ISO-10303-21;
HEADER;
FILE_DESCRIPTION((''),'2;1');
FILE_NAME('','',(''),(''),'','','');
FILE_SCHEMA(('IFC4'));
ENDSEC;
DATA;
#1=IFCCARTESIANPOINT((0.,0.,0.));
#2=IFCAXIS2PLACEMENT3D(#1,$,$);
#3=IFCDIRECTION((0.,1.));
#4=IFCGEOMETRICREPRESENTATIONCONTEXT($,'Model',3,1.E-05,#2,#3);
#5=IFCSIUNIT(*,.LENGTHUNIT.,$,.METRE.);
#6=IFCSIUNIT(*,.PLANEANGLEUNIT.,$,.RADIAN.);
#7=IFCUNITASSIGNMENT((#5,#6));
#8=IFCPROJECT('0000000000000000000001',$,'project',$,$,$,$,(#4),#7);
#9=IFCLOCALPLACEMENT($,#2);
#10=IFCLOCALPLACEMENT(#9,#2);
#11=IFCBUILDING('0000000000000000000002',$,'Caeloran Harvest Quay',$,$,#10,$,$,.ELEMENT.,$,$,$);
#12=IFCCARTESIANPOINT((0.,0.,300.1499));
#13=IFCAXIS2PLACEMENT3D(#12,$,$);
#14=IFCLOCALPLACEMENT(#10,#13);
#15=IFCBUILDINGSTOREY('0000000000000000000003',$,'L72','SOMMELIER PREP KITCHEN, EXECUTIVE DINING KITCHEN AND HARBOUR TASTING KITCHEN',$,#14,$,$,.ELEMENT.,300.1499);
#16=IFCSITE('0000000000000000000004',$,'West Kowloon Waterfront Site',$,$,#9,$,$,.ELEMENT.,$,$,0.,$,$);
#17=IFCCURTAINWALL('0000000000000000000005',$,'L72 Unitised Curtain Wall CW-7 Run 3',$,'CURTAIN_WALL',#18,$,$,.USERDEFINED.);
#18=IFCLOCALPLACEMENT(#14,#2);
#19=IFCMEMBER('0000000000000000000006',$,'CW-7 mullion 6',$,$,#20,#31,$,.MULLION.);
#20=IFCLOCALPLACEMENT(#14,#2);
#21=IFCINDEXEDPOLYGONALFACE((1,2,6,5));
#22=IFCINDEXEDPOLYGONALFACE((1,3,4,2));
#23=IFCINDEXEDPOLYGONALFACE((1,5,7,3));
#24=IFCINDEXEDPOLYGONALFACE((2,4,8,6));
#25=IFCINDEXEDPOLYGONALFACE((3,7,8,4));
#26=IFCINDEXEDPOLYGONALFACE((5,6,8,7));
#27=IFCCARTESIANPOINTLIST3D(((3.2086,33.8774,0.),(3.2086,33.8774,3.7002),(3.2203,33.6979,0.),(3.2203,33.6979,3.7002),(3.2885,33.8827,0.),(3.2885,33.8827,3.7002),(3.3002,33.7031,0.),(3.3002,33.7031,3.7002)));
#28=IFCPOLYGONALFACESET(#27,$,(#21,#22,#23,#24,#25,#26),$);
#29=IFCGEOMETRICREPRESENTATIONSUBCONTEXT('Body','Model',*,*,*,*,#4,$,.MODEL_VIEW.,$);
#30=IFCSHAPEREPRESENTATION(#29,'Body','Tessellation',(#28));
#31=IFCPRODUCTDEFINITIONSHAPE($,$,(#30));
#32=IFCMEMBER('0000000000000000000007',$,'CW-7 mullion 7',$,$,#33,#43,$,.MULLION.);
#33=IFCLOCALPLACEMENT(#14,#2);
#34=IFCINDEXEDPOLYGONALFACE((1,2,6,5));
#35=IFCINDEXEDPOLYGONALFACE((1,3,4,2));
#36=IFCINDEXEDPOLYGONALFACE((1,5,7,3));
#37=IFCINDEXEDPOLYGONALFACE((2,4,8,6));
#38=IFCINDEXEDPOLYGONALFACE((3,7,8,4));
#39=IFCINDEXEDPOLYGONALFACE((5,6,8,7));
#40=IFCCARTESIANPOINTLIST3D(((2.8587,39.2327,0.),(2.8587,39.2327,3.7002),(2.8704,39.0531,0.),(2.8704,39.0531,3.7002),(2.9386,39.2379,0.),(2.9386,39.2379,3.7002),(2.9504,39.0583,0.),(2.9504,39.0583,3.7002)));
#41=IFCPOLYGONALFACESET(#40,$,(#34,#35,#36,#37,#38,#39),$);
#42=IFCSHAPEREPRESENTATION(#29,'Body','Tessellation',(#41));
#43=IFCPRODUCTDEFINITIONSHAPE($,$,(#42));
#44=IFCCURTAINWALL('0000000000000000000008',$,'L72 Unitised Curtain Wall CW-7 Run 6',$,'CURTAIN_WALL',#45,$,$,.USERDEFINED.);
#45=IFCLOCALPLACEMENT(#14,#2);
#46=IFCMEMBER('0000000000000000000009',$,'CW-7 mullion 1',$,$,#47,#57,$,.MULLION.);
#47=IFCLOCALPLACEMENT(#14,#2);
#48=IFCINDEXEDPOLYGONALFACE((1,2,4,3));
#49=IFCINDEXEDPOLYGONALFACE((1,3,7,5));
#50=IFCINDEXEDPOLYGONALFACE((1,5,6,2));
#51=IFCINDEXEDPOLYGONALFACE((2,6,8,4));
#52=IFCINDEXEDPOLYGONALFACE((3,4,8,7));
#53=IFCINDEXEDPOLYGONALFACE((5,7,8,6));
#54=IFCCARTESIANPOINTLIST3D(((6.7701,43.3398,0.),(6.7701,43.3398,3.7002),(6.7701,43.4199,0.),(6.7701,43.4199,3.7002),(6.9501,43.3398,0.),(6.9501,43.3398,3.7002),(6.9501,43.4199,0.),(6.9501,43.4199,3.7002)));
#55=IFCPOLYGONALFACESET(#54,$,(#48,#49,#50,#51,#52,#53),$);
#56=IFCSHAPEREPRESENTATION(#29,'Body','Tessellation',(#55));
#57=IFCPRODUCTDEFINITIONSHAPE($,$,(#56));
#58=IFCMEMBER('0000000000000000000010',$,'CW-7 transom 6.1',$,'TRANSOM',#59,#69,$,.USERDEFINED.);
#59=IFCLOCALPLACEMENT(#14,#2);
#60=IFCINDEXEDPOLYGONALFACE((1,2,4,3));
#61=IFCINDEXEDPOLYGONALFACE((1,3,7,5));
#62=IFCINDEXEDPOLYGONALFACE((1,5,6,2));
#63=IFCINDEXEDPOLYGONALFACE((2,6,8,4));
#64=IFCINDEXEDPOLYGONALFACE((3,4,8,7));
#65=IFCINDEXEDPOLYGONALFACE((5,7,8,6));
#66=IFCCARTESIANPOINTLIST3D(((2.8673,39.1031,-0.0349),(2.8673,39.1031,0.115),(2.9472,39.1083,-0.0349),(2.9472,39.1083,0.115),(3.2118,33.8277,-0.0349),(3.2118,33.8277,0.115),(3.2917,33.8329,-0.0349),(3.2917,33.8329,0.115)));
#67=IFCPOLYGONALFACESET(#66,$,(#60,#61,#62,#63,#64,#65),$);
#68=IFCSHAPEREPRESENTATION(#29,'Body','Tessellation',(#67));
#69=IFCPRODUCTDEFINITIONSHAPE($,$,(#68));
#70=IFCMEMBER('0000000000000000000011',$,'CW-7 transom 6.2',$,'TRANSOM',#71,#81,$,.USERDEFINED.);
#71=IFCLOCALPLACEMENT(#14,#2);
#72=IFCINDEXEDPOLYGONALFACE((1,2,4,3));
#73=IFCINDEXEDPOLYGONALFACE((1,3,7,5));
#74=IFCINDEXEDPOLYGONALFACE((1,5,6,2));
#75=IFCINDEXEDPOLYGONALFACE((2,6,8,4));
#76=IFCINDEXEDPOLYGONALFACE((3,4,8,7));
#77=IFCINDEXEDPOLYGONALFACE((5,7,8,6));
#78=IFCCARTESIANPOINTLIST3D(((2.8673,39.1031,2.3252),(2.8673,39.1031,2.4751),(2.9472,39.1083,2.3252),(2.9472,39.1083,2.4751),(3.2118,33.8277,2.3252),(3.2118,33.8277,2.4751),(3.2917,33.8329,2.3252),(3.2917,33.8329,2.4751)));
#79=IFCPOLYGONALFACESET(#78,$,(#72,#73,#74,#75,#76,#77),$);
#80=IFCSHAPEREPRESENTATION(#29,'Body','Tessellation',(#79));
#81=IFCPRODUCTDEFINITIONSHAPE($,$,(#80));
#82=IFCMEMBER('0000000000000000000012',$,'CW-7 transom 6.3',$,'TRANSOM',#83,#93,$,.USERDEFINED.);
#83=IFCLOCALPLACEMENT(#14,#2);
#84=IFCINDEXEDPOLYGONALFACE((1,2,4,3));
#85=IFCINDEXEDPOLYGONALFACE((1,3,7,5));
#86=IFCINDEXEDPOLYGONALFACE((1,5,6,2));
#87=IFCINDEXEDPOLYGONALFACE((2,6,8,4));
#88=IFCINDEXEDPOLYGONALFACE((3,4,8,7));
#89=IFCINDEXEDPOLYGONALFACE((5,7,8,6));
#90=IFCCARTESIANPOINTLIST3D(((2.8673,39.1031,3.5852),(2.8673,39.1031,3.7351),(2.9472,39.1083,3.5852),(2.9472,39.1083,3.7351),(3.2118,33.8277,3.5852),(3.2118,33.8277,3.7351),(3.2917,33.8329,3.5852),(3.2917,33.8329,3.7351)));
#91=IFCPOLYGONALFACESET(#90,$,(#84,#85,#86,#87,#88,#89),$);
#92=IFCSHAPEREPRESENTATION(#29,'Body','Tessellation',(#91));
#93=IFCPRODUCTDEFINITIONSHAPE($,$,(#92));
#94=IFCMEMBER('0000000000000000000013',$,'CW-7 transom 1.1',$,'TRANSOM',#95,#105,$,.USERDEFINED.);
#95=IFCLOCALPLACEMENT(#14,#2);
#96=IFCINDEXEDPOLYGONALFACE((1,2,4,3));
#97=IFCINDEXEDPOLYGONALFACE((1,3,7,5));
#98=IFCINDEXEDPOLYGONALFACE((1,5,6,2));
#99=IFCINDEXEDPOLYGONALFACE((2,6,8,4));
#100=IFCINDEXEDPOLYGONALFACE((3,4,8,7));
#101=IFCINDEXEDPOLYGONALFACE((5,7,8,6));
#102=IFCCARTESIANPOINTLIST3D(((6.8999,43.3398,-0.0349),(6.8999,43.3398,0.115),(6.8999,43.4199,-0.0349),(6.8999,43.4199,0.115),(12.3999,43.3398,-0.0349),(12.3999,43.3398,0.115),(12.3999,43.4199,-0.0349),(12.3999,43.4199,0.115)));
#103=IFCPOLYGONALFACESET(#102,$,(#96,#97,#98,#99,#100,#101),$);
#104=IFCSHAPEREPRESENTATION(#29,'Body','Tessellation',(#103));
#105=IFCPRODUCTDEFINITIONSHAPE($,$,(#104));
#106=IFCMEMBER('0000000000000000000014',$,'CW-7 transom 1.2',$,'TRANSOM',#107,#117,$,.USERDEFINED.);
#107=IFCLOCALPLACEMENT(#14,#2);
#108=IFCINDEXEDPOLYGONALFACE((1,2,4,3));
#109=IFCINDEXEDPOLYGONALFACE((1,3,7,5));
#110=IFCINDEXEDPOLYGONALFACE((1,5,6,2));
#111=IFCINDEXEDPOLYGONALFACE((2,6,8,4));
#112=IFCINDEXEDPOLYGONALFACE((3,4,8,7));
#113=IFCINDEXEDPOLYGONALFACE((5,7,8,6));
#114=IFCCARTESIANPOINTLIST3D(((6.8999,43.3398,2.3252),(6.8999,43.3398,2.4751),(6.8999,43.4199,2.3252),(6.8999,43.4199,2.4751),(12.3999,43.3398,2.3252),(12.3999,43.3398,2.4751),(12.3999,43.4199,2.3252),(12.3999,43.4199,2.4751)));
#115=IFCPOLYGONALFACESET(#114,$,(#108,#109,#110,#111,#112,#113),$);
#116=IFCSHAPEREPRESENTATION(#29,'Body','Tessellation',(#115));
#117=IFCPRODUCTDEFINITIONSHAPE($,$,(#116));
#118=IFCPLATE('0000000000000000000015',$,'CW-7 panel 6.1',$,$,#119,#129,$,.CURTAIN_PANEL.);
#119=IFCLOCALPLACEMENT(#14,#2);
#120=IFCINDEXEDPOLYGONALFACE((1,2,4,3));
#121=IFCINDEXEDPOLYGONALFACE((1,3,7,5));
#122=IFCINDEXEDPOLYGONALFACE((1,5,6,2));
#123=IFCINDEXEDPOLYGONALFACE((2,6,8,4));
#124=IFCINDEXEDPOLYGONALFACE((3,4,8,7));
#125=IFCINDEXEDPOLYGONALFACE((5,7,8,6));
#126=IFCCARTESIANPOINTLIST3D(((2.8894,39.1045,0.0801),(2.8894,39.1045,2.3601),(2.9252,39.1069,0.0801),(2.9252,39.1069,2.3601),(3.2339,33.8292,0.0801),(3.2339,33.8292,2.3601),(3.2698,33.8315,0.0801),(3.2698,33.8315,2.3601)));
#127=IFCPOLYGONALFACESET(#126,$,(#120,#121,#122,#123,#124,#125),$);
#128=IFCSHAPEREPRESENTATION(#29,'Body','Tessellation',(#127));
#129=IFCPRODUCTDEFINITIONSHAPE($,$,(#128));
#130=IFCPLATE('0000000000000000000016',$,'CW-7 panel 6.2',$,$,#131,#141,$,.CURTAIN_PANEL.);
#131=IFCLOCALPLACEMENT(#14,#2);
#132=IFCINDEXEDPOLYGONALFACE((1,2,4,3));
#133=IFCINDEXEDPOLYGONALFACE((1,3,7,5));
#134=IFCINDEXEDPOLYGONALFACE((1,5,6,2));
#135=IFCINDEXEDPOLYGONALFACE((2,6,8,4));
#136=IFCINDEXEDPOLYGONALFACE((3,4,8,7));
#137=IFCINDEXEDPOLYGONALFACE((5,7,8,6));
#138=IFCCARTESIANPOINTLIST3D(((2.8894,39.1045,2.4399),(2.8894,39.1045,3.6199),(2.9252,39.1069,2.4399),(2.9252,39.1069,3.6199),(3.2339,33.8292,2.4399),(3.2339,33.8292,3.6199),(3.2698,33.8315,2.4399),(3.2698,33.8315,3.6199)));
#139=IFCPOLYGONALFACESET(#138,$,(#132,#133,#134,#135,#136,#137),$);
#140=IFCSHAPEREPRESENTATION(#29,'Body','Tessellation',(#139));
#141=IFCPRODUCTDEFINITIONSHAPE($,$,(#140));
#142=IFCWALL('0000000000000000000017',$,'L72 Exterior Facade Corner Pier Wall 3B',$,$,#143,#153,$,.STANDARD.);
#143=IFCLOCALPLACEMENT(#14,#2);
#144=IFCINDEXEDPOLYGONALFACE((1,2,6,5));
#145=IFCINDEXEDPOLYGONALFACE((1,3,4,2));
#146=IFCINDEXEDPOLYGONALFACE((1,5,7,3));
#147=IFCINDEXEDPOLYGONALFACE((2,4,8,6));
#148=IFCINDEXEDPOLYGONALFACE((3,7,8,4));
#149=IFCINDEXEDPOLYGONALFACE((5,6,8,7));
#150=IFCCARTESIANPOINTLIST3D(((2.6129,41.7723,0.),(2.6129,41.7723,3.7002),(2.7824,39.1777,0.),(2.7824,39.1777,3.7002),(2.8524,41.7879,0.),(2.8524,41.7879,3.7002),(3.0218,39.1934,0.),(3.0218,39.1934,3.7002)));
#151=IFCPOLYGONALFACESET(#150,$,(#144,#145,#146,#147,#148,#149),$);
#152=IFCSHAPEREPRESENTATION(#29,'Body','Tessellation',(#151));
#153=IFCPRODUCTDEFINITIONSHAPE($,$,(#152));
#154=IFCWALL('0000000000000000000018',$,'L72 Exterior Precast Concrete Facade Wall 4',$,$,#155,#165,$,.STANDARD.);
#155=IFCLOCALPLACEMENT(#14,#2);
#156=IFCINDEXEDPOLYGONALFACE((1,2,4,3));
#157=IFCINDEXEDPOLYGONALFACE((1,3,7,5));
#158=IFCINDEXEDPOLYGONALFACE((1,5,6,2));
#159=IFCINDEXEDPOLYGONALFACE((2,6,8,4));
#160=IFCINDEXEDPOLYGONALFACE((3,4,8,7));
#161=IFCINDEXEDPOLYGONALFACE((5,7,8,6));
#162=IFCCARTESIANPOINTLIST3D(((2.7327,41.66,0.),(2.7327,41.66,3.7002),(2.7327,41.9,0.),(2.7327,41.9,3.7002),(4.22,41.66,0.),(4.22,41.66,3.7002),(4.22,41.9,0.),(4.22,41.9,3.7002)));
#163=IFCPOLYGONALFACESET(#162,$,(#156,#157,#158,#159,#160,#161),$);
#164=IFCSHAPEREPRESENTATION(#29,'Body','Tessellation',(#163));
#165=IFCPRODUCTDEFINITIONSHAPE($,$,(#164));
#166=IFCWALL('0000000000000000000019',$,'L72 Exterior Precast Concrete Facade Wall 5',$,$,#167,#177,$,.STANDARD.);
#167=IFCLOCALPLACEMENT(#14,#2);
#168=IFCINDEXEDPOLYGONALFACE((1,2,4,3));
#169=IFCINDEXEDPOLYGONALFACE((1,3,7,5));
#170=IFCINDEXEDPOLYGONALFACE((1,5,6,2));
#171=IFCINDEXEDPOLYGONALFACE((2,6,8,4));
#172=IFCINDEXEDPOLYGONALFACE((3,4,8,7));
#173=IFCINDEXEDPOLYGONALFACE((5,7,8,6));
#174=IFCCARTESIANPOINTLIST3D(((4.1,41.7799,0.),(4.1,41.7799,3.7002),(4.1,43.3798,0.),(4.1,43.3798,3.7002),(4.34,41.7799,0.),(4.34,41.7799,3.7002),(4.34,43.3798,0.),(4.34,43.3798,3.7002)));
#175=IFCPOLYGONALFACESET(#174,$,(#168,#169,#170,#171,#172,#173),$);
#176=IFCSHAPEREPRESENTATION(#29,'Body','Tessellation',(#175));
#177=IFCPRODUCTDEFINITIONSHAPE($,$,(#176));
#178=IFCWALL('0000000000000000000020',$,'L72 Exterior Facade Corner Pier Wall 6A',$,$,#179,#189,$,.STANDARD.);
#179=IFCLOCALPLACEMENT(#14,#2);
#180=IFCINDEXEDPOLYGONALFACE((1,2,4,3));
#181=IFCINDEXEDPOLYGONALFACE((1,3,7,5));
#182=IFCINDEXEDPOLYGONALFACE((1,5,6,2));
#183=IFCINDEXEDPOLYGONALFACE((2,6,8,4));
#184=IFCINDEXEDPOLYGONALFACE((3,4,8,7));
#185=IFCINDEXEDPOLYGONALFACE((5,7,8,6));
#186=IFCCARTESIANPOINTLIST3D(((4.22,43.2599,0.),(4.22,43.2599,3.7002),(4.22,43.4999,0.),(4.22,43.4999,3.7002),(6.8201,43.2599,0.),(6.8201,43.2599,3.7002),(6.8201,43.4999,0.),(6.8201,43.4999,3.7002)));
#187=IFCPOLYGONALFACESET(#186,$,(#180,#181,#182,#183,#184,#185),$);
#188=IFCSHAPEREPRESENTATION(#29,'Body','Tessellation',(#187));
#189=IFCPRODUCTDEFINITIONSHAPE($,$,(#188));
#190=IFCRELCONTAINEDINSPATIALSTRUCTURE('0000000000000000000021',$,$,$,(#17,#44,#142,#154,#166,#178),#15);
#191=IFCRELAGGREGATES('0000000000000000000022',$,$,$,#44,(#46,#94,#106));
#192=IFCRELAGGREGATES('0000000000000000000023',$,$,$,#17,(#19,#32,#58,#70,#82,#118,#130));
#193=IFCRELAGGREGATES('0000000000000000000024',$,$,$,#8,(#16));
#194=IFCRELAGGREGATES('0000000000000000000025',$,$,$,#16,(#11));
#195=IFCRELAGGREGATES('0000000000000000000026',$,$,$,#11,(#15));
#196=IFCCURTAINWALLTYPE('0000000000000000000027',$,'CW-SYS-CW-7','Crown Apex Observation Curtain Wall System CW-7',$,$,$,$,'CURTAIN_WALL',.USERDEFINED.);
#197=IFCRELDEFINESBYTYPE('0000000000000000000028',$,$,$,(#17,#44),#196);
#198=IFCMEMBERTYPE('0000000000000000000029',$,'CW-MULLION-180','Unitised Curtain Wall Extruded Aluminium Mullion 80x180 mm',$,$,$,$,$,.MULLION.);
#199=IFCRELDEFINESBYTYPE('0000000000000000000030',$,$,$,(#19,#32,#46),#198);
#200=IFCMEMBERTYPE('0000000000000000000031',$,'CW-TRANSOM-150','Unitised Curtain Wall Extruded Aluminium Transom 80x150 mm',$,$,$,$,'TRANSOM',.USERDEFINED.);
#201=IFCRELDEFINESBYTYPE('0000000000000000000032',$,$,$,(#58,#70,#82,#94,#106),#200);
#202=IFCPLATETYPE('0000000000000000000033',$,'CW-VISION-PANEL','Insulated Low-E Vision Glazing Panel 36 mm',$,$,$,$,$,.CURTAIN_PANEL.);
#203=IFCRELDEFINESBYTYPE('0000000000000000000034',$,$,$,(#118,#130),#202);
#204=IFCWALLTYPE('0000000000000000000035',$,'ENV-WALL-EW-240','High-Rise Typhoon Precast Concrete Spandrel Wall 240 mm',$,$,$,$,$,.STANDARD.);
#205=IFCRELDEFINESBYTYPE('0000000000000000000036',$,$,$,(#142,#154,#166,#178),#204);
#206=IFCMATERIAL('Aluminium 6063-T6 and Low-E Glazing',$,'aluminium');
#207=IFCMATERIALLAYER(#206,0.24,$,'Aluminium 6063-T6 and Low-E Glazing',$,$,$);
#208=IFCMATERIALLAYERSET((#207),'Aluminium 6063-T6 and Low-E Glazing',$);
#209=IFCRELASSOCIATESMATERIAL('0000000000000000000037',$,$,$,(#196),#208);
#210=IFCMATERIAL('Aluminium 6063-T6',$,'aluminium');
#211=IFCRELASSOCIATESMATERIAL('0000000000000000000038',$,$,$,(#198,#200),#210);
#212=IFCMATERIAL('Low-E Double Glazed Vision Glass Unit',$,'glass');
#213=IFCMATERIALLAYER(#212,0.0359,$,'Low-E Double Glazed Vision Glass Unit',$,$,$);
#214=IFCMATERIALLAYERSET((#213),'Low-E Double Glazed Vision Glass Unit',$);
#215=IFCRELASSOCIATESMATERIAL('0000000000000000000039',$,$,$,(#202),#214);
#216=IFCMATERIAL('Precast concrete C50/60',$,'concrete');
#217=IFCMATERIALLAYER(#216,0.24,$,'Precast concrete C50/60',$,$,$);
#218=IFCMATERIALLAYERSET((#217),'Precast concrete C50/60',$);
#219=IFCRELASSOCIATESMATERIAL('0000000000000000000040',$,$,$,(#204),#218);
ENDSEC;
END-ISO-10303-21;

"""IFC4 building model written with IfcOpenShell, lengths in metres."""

from ifc_helpers import new_model, si_unit, direction, frame, frame_2d, origin, origin_2d, place, context, subcontext, project, spatial, rectangle, extrude, material, layer, layer_set, material_profile, profile_set, type_object, element, aggregate, save


model = new_model("IFC4")

# Units and contexts
model_context = context("Model", 3, precision=1e-05, world=origin(), true_north=direction((0.0, 1.0)))
body_context = subcontext(model_context, "Body", "Model", "MODEL_VIEW")
ifc_project = project(units=[si_unit("LENGTHUNIT", "METRE"), si_unit("PLANEANGLEUNIT", "RADIAN")], contexts=[model_context])

# Site, building, storey
site_placement = place(None, origin())
site = spatial("IfcSite", under=ifc_project, at=site_placement, Name="West Kowloon Waterfront Site", CompositionType="ELEMENT", RefElevation=0.0)
building_placement = place(site_placement, origin())
building = spatial("IfcBuilding", under=site, at=building_placement, Name="Caeloran Harvest Quay", CompositionType="ELEMENT")
storey_placement = place(building_placement, frame((0.0, 0.0, 300.1499)))
storey = spatial("IfcBuildingStorey", under=building, at=storey_placement, Name="L72", Description="SOMMELIER PREP KITCHEN, EXECUTIVE DINING KITCHEN AND HARBOUR TASTING KITCHEN", CompositionType="ELEMENT", Elevation=300.1499)

# Curtain wall, members
ifc_material_1 = material(Name="Aluminium 6063-T6 and Low-E Glazing", Category="aluminium")
ifc_layer_1 = layer(ifc_material_1, 0.24, Name="Aluminium 6063-T6 and Low-E Glazing")
ifc_layer_set_1 = layer_set([ifc_layer_1], Name="Aluminium 6063-T6 and Low-E Glazing")
curtain_wall_type = type_object("IfcCurtainWallType", Name="CW-SYS-CW-7", Description="Crown Apex Observation Curtain Wall System CW-7", ElementType="CURTAIN_WALL", PredefinedType="USERDEFINED", material=ifc_layer_set_1)
curtain_wall_1_placement = place(storey_placement, origin())
curtain_wall_1 = element("IfcCurtainWall", 1, at=curtain_wall_1_placement, inside=storey, type_object=curtain_wall_type, Name="L72 Unitised Curtain Wall CW-7 Run 3", ObjectType="CURTAIN_WALL", PredefinedType="USERDEFINED")
ifc_material_2 = material(Name="Aluminium 6063-T6", Category="aluminium")
ifc_material_profile_1 = material_profile(ifc_material_2, rectangle(XDim=0.0801, YDim=0.1799, at=origin_2d()), Name="CW-MULLION-180")
ifc_profile_set_1 = profile_set([ifc_material_profile_1], Name="Aluminium 6063-T6")
member_type_1 = type_object("IfcMemberType", Name="CW-MULLION-180", Description="Unitised Curtain Wall Extruded Aluminium Mullion 80x180 mm", PredefinedType="MULLION", material=ifc_profile_set_1)
member_1_placement = place(storey_placement, frame((3.2544, 33.7903, 0.0), z_axis=(0.0, 0.0, 1.0), x_axis=(-0.997874, -0.065167, 0.0)))
member_1 = element("IfcMember", 2, at=member_1_placement, type_object=member_type_1, Name="CW-7 mullion 6", PredefinedType="MULLION", context=body_context, shape_type="SweptSolid", body=[
    extrude(rectangle(XDim=0.0801, YDim=0.1799, at=origin_2d()), origin(), (0.0, 0.0, 1.0), 3.7002),
])
member_2_placement = place(storey_placement, frame((2.9045, 39.1455, 0.0), z_axis=(0.0, 0.0, 1.0), x_axis=(-0.997874, -0.065167, 0.0)))
member_2 = element("IfcMember", 3, at=member_2_placement, type_object=member_type_1, Name="CW-7 mullion 7", PredefinedType="MULLION", context=body_context, shape_type="SweptSolid", body=[
    extrude(rectangle(XDim=0.0801, YDim=0.1799, at=origin_2d()), origin(), (0.0, 0.0, 1.0), 3.7002),
])

# Curtain wall, member
curtain_wall_2_placement = place(storey_placement, origin())
curtain_wall_2 = element("IfcCurtainWall", 4, at=curtain_wall_2_placement, inside=storey, type_object=curtain_wall_type, Name="L72 Unitised Curtain Wall CW-7 Run 6", ObjectType="CURTAIN_WALL", PredefinedType="USERDEFINED")
member_3_placement = place(storey_placement, frame((6.8601, 43.3799, 0.0), z_axis=(0.0, 0.0, 1.0), x_axis=(0.0, 1.0, 0.0)))
member_3 = element("IfcMember", 5, at=member_3_placement, type_object=member_type_1, Name="CW-7 mullion 1", PredefinedType="MULLION", context=body_context, shape_type="SweptSolid", body=[
    extrude(rectangle(XDim=0.0801, YDim=0.1799, at=origin_2d()), origin(), (0.0, 0.0, 1.0), 3.7002),
])

# Members
ifc_material_profile_2 = material_profile(ifc_material_2, rectangle(XDim=0.0801, YDim=0.1499, at=origin_2d()), Name="CW-TRANSOM-150")
ifc_profile_set_2 = profile_set([ifc_material_profile_2], Name="Aluminium 6063-T6")
member_type_2 = type_object("IfcMemberType", Name="CW-TRANSOM-150", Description="Unitised Curtain Wall Extruded Aluminium Transom 80x150 mm", ElementType="TRANSOM", PredefinedType="USERDEFINED", material=ifc_profile_set_2)
member_4_placement = place(storey_placement, frame((3.2517, 33.8303, 0.04), z_axis=(-0.065161, 0.997875, 0.0), x_axis=(-0.997875, -0.065161, 0.0)))
member_4 = element("IfcMember", 6, at=member_4_placement, type_object=member_type_2, Name="CW-7 transom 6.1", ObjectType="TRANSOM", PredefinedType="USERDEFINED", context=body_context, shape_type="SweptSolid", body=[
    extrude(rectangle(XDim=0.0801, YDim=0.1499, at=origin_2d()), origin(), (0.0, 0.0, 1.0), 5.2866),
])
member_5_placement = place(storey_placement, frame((3.2517, 33.8303, 2.4001), z_axis=(-0.065161, 0.997875, 0.0), x_axis=(-0.997875, -0.065161, 0.0)))
member_5 = element("IfcMember", 7, at=member_5_placement, type_object=member_type_2, Name="CW-7 transom 6.2", ObjectType="TRANSOM", PredefinedType="USERDEFINED", context=body_context, shape_type="SweptSolid", body=[
    extrude(rectangle(XDim=0.0801, YDim=0.1499, at=origin_2d()), origin(), (0.0, 0.0, 1.0), 5.2866),
])
member_6_placement = place(storey_placement, frame((3.2517, 33.8303, 3.6602), z_axis=(-0.065161, 0.997875, 0.0), x_axis=(-0.997875, -0.065161, 0.0)))
member_6 = element("IfcMember", 8, at=member_6_placement, type_object=member_type_2, Name="CW-7 transom 6.3", ObjectType="TRANSOM", PredefinedType="USERDEFINED", context=body_context, shape_type="SweptSolid", body=[
    extrude(rectangle(XDim=0.0801, YDim=0.1499, at=origin_2d()), origin(), (0.0, 0.0, 1.0), 5.2866),
])
member_7_placement = place(storey_placement, frame((6.8999, 43.3799, 0.04), z_axis=(1.0, 0.0, 0.0), x_axis=(0.0, 1.0, 0.0)))
member_7 = element("IfcMember", 9, at=member_7_placement, type_object=member_type_2, Name="CW-7 transom 1.1", ObjectType="TRANSOM", PredefinedType="USERDEFINED", context=body_context, shape_type="SweptSolid", body=[
    extrude(rectangle(XDim=0.0801, YDim=0.1499, at=origin_2d()), origin(), (0.0, 0.0, 1.0), 5.5),
])
member_8_placement = place(storey_placement, frame((6.8999, 43.3799, 2.4001), z_axis=(1.0, 0.0, 0.0), x_axis=(0.0, 1.0, 0.0)))
member_8 = element("IfcMember", 10, at=member_8_placement, type_object=member_type_2, Name="CW-7 transom 1.2", ObjectType="TRANSOM", PredefinedType="USERDEFINED", context=body_context, shape_type="SweptSolid", body=[
    extrude(rectangle(XDim=0.0801, YDim=0.1499, at=origin_2d()), origin(), (0.0, 0.0, 1.0), 5.5),
])
aggregate(curtain_wall_2, [member_3, member_7, member_8])

# Plates
ifc_material_3 = material(Name="Low-E Double Glazed Vision Glass Unit", Category="glass")
ifc_layer_2 = layer(ifc_material_3, 0.0359, Name="Low-E Double Glazed Vision Glass Unit")
ifc_layer_set_2 = layer_set([ifc_layer_2], Name="Low-E Double Glazed Vision Glass Unit")
plate_type = type_object("IfcPlateType", Name="CW-VISION-PANEL", Description="Insulated Low-E Vision Glazing Panel 36 mm", PredefinedType="CURTAIN_PANEL", material=ifc_layer_set_2)
plate_1_placement = place(storey_placement, frame((3.0796, 36.468, 0.0801), z_axis=(0.0, 0.0, 1.0), x_axis=(-0.065167, 0.997874, 0.0)))
plate_1 = element("IfcPlate", 11, at=plate_1_placement, type_object=plate_type, Name="CW-7 panel 6.1", PredefinedType="CURTAIN_PANEL", context=body_context, shape_type="SweptSolid", body=[
    extrude(rectangle(XDim=5.2866, YDim=0.0359, at=origin_2d()), origin(), (0.0, 0.0, 1.0), 2.28),
])
plate_2_placement = place(storey_placement, frame((3.0796, 36.468, 2.4399), z_axis=(0.0, 0.0, 1.0), x_axis=(-0.065167, 0.997874, 0.0)))
plate_2 = element("IfcPlate", 12, at=plate_2_placement, type_object=plate_type, Name="CW-7 panel 6.2", PredefinedType="CURTAIN_PANEL", context=body_context, shape_type="SweptSolid", body=[
    extrude(rectangle(XDim=5.2866, YDim=0.0359, at=origin_2d()), origin(), (0.0, 0.0, 1.0), 1.1799),
])
aggregate(curtain_wall_1, [member_1, member_2, member_4, member_5, member_6, plate_1, plate_2])

# Walls
ifc_material_4 = material(Name="Precast concrete C50/60", Category="concrete")
ifc_layer_3 = layer(ifc_material_4, 0.24, Name="Precast concrete C50/60")
ifc_layer_set_3 = layer_set([ifc_layer_3], Name="Precast concrete C50/60")
wall_type_1 = type_object("IfcWallType", Name="ENV-WALL-EW-240", Description="High-Rise Typhoon Precast Concrete Spandrel Wall 240 mm", PredefinedType="STANDARD", material=ifc_layer_set_3)
wall_1_placement = place(storey_placement, frame((2.9021, 39.1855, 0.0), z_axis=(0.0, 0.0, 1.0), x_axis=(-0.065167, 0.997874, 0.0)))
element("IfcWall", 13, at=wall_1_placement, inside=storey, type_object=wall_type_1, Name="L72 Exterior Facade Corner Pier Wall 3B", PredefinedType="STANDARD", context=body_context, shape_type="SweptSolid", body=[
    extrude(rectangle(XDim=2.6001, YDim=0.24, at=frame_2d((1.3, 0.0))), origin(), (0.0, 0.0, 1.0), 3.7002),
])
wall_2_placement = place(storey_placement, frame((2.7327, 41.78, 0.0), z_axis=(0.0, 0.0, 1.0), x_axis=(1.0, 0.0, 0.0)))
element("IfcWall", 14, at=wall_2_placement, inside=storey, type_object=wall_type_1, Name="L72 Exterior Precast Concrete Facade Wall 4", PredefinedType="STANDARD", context=body_context, shape_type="SweptSolid", body=[
    extrude(rectangle(XDim=1.4873, YDim=0.24, at=frame_2d((0.7437, 0.0))), origin(), (0.0, 0.0, 1.0), 3.7002),
])
wall_3_placement = place(storey_placement, frame((4.22, 41.78, 0.0), z_axis=(0.0, 0.0, 1.0), x_axis=(0.0, 1.0, 0.0)))
element("IfcWall", 15, at=wall_3_placement, inside=storey, type_object=wall_type_1, Name="L72 Exterior Precast Concrete Facade Wall 5", PredefinedType="STANDARD", context=body_context, shape_type="SweptSolid", body=[
    extrude(rectangle(XDim=1.5999, YDim=0.24, at=frame_2d((0.7998, 0.0))), origin(), (0.0, 0.0, 1.0), 3.7002),
])
wall_4_placement = place(storey_placement, frame((4.22, 43.3799, 0.0), z_axis=(0.0, 0.0, 1.0), x_axis=(1.0, 0.0, 0.0)))
element("IfcWall", 16, at=wall_4_placement, inside=storey, type_object=wall_type_1, Name="L72 Exterior Facade Corner Pier Wall 6A", PredefinedType="STANDARD", context=body_context, shape_type="SweptSolid", body=[
    extrude(rectangle(XDim=2.6001, YDim=0.24, at=frame_2d((1.3, 0.0))), origin(), (0.0, 0.0, 1.0), 3.7002),
])

save(model, "model.ifc")
